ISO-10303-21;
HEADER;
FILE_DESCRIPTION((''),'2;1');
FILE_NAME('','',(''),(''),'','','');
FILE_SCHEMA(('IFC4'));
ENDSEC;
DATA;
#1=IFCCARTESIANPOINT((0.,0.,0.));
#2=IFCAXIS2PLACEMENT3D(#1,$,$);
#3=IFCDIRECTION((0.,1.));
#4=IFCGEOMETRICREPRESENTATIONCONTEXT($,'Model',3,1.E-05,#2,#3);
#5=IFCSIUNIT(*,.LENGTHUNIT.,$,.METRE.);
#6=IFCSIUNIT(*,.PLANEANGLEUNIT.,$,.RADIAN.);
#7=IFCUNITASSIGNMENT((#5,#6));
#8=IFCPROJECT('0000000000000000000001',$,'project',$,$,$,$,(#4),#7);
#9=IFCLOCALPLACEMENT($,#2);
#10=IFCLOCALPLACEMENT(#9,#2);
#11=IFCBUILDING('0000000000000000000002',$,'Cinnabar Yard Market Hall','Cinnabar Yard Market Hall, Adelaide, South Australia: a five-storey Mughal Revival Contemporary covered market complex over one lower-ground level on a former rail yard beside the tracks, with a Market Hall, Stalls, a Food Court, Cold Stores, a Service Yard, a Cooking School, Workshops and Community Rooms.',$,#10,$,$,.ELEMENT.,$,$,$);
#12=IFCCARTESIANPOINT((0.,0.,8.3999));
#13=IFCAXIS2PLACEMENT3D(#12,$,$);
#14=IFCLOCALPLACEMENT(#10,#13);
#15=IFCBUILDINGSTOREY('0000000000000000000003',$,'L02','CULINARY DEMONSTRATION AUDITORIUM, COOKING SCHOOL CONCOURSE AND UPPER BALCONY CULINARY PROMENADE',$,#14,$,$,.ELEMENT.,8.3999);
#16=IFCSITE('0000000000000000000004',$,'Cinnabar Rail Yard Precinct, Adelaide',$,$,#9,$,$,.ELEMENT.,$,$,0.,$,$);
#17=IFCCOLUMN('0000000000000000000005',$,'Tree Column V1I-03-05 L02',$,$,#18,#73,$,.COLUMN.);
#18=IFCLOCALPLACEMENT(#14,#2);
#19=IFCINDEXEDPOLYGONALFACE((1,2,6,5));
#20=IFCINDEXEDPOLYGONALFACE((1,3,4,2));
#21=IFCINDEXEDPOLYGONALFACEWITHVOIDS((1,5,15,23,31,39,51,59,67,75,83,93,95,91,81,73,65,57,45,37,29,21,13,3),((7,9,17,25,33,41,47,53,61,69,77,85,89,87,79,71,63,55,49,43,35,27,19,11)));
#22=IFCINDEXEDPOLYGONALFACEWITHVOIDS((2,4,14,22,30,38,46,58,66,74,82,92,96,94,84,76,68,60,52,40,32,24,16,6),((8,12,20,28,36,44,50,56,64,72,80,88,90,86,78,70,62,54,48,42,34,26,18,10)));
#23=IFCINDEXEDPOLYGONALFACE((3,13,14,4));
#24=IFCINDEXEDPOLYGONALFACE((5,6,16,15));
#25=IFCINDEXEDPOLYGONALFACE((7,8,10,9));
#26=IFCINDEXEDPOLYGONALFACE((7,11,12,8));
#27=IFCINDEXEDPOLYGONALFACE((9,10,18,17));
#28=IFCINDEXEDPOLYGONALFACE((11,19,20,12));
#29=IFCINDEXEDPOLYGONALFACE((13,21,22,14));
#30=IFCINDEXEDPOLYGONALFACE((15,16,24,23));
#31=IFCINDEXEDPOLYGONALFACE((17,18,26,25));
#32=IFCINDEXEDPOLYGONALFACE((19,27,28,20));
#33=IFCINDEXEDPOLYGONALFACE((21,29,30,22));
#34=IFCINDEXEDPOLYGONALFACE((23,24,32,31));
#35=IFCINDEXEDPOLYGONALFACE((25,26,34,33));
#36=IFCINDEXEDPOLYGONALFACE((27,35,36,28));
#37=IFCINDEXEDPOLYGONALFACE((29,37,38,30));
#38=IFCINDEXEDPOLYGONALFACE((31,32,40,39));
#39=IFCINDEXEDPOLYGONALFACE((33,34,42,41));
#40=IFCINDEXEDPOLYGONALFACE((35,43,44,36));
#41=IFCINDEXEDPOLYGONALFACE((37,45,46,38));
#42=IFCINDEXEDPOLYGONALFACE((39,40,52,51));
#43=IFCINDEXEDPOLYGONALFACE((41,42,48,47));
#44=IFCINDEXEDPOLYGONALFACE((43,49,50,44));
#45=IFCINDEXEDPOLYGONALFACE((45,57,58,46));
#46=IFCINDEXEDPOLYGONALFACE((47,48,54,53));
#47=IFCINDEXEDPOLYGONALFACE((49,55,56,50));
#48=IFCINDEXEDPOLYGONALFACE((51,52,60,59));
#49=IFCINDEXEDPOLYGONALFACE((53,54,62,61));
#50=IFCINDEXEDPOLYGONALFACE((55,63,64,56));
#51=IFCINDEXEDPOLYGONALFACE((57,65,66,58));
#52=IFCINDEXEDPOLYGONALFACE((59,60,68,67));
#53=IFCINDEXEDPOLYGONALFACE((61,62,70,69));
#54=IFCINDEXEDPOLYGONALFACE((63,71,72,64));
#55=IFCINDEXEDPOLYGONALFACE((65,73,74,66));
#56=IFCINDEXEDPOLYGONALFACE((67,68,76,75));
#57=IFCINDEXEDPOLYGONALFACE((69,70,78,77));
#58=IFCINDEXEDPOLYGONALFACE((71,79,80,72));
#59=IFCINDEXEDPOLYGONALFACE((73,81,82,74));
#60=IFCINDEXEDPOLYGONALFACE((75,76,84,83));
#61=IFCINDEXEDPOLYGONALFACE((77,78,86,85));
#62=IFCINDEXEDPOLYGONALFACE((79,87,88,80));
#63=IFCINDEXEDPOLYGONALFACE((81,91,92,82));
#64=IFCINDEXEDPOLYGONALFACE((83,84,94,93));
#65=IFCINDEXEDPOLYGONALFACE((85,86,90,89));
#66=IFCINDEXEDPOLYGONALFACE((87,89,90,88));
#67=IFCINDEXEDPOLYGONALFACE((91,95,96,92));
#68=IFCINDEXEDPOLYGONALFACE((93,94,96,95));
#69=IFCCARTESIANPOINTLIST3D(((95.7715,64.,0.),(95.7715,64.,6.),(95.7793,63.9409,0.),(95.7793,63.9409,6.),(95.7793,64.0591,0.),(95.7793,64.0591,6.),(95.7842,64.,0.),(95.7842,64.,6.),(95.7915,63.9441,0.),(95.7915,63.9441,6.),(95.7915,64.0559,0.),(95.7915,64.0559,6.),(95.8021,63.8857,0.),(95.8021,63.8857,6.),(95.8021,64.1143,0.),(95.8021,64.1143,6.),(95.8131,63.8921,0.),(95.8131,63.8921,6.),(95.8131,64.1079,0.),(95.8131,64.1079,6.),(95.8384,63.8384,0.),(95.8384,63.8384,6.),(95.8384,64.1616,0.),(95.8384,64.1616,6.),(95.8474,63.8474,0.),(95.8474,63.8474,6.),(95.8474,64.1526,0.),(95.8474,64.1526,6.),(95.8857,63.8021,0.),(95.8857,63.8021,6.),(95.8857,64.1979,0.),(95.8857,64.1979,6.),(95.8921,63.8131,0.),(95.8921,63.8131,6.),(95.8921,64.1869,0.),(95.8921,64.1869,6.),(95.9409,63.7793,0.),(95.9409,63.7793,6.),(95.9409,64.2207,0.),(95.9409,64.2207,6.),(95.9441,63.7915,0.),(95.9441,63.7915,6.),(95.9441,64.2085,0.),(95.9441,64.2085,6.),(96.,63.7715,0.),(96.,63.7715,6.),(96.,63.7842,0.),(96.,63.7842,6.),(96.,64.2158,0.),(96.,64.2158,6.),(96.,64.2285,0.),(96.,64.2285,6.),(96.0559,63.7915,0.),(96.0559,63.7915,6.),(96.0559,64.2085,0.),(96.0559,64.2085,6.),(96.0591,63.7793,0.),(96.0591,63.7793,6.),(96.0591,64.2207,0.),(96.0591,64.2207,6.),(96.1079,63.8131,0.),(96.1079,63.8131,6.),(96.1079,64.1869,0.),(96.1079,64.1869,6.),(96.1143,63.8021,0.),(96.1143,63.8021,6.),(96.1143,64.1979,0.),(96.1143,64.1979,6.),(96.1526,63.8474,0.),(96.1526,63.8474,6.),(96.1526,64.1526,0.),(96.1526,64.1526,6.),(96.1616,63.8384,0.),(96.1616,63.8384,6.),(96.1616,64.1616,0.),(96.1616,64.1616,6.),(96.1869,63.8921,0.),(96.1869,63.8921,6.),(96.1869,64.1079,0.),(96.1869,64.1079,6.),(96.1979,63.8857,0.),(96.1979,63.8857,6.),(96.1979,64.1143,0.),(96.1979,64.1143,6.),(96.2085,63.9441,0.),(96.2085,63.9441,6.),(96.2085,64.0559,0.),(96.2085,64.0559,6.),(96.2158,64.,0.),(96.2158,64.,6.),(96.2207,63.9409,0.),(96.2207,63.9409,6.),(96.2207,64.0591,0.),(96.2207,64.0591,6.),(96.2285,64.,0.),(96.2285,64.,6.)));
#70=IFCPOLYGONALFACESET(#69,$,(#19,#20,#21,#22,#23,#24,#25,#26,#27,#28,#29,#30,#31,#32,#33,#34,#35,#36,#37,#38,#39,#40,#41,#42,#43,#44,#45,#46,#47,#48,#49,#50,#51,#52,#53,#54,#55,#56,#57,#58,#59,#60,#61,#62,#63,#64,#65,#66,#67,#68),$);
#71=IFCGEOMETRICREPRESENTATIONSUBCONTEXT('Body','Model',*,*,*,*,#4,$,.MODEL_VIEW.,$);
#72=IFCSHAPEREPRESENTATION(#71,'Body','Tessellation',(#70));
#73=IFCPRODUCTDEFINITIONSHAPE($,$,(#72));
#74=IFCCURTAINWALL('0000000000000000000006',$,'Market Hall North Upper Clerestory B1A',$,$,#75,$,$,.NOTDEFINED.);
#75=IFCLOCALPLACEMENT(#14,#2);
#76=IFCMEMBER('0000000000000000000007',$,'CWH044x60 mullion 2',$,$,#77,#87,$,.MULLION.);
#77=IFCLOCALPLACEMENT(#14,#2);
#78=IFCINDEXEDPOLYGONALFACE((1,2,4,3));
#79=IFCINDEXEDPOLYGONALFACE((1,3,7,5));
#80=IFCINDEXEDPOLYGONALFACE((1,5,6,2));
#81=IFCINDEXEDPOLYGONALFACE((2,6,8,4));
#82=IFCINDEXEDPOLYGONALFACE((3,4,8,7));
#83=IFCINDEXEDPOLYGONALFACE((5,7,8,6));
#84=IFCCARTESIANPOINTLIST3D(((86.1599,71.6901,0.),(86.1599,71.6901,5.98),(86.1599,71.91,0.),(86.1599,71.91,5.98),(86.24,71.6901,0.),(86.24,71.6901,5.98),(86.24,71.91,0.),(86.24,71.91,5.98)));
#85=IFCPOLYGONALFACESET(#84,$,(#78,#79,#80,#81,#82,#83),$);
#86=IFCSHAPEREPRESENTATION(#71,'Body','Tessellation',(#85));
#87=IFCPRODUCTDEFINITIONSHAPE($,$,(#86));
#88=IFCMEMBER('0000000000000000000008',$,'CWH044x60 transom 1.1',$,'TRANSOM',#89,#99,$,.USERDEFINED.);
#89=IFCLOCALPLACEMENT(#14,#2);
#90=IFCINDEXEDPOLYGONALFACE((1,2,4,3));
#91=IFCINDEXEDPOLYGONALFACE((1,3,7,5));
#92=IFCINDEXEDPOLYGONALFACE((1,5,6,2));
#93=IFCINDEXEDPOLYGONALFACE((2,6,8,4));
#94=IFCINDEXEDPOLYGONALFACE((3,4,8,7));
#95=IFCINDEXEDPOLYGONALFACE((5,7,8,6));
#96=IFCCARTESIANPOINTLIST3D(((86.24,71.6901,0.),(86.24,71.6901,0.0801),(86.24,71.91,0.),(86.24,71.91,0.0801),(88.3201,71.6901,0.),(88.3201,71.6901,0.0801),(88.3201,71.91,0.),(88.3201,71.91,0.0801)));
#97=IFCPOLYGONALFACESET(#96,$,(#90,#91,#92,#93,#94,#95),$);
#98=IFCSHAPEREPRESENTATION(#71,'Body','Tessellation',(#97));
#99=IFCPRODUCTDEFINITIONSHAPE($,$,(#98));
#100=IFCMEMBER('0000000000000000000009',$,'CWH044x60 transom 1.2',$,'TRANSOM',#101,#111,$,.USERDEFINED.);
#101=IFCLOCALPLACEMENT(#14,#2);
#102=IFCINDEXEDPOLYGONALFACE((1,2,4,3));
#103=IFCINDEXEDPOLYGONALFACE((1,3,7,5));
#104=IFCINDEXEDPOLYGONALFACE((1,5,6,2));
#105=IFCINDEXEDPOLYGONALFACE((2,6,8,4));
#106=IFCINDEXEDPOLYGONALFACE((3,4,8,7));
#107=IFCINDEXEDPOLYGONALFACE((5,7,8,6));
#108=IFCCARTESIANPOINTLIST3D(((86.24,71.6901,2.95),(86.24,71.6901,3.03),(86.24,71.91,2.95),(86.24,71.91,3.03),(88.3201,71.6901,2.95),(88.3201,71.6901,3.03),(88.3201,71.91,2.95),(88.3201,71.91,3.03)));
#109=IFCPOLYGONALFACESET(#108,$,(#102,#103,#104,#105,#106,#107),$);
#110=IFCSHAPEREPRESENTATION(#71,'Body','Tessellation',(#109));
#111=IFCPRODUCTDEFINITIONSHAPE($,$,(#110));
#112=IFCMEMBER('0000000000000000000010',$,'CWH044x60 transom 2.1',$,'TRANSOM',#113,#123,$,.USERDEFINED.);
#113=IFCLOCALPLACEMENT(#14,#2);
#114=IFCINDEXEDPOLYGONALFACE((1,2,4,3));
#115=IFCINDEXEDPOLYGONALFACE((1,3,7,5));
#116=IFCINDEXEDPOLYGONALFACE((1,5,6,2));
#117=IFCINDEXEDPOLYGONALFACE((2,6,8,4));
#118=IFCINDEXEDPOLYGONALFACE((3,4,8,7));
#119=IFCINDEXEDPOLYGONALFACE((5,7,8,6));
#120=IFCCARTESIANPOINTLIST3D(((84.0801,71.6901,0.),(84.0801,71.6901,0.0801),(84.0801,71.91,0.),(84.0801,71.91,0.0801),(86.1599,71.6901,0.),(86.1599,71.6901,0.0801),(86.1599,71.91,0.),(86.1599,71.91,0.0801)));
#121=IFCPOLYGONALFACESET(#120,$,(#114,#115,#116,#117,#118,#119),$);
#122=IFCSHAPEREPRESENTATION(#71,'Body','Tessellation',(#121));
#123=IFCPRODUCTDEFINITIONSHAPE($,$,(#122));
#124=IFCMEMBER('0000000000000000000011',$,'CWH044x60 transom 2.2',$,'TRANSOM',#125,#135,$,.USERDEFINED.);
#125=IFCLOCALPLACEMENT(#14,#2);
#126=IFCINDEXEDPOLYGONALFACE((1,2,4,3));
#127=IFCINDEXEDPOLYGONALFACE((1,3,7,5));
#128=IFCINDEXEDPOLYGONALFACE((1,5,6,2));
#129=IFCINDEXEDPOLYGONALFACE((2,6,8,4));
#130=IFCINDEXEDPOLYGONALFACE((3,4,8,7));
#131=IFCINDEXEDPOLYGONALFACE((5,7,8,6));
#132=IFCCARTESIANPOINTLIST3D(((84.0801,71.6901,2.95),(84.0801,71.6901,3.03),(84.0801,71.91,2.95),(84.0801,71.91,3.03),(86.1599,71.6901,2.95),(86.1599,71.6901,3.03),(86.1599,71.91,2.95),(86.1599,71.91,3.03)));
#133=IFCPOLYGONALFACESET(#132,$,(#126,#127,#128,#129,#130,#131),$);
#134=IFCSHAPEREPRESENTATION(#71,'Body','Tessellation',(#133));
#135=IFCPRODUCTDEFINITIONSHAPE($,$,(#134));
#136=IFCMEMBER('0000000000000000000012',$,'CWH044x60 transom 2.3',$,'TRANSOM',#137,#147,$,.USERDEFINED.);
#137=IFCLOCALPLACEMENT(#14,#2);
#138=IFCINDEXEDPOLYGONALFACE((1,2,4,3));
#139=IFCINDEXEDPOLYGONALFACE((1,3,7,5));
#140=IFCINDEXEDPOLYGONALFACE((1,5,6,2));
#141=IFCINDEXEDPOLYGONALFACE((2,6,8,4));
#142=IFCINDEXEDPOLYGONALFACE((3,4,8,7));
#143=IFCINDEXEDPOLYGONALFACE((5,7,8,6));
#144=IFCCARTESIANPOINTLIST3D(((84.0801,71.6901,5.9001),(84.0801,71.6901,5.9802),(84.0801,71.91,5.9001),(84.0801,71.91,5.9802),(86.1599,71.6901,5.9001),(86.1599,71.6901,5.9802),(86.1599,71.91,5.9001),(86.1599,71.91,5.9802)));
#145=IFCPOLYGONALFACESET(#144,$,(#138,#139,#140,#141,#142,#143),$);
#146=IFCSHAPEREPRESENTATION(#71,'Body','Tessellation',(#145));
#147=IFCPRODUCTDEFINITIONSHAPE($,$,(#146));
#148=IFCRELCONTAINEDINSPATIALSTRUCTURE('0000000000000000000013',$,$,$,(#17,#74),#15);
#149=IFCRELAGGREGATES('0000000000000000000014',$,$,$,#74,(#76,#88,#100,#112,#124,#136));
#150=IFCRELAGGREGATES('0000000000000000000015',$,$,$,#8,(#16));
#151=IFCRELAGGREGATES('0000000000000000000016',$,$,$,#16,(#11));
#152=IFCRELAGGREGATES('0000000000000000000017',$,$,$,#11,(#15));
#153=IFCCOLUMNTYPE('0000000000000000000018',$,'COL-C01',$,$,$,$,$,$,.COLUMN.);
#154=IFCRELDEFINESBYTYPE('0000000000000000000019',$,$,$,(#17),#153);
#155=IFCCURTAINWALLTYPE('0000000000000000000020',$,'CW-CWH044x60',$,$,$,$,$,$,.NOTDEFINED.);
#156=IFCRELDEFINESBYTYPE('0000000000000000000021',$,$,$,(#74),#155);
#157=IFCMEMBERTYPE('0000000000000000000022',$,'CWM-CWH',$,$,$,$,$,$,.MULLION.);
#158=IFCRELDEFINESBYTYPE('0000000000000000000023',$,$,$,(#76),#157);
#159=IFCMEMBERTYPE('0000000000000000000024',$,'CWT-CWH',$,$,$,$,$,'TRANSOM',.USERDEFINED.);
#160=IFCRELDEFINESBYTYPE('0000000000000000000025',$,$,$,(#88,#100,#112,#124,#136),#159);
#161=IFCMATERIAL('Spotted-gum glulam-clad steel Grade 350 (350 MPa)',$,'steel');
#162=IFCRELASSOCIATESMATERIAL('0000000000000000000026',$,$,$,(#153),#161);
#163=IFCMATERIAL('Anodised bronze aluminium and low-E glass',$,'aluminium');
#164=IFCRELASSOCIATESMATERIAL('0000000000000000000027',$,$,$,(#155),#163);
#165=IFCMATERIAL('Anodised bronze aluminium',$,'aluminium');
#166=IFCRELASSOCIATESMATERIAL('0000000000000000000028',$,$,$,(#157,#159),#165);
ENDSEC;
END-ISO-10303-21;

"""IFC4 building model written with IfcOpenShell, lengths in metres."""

from ifc_helpers import new_model, si_unit, direction, frame, origin, origin_2d_with_axis, place, context, subcontext, project, spatial, rectangle, hollow_circle, extrude, material, material_profile, profile_set, type_object, element, aggregate, save


model = new_model("IFC4")

# Units and contexts
model_context = context("Model", 3, precision=1e-05, world=origin(), true_north=direction((0.0, 1.0)))
body_context = subcontext(model_context, "Body", "Model", "MODEL_VIEW")
ifc_project = project(units=[si_unit("LENGTHUNIT", "METRE"), si_unit("PLANEANGLEUNIT", "RADIAN")], contexts=[model_context])

# Site, building, storey
site_placement = place(None, origin())
site = spatial("IfcSite", under=ifc_project, at=site_placement, Name="Cinnabar Rail Yard Precinct, Adelaide", CompositionType="ELEMENT", RefElevation=0.0)
building_placement = place(site_placement, origin())
building = spatial("IfcBuilding", under=site, at=building_placement, Name="Cinnabar Yard Market Hall", Description="Cinnabar Yard Market Hall, Adelaide, South Australia: a five-storey Mughal Revival Contemporary covered market complex over one lower-ground level on a former rail yard beside the tracks, with a Market Hall, Stalls, a Food Court, Cold Stores, a Service Yard, a Cooking School, Workshops and Community Rooms.", CompositionType="ELEMENT")
storey_placement = place(building_placement, frame((0.0, 0.0, 8.3999)))
storey = spatial("IfcBuildingStorey", under=building, at=storey_placement, Name="L02", Description="CULINARY DEMONSTRATION AUDITORIUM, COOKING SCHOOL CONCOURSE AND UPPER BALCONY CULINARY PROMENADE", CompositionType="ELEMENT", Elevation=8.3999)

# Column
ifc_material_1 = material(Name="Spotted-gum glulam-clad steel Grade 350 (350 MPa)", Category="steel")
ifc_material_profile_1 = material_profile(ifc_material_1, hollow_circle(Radius=0.2285, WallThickness=0.0127, at=origin_2d_with_axis()), Name="457.0x12.7CHS")
ifc_profile_set_1 = profile_set([ifc_material_profile_1], Name="Spotted-gum glulam-clad steel Grade 350 (350 MPa)")
column_type = type_object("IfcColumnType", Name="COL-C01", PredefinedType="COLUMN", material=ifc_profile_set_1)
column_placement = place(storey_placement, frame((96.0, 64.0, 0.0), z_axis=(0.0, 0.0, 1.0), x_axis=(1.0, 0.0, 0.0)))
element("IfcColumn", 1, at=column_placement, inside=storey, type_object=column_type, Name="Tree Column V1I-03-05 L02", PredefinedType="COLUMN", context=body_context, shape_type="SweptSolid", body=[
    extrude(hollow_circle(Radius=0.2285, WallThickness=0.0127, at=origin_2d_with_axis()), origin(), (0.0, 0.0, 1.0), 6.0),
])

# Curtain wall, members
ifc_material_2 = material(Name="Anodised bronze aluminium and low-E glass", Category="aluminium")
curtain_wall_type = type_object("IfcCurtainWallType", Name="CW-CWH044x60", PredefinedType="NOTDEFINED", material=ifc_material_2)
curtain_wall_placement = place(storey_placement, origin())
curtain_wall = element("IfcCurtainWall", 2, at=curtain_wall_placement, inside=storey, type_object=curtain_wall_type, Name="Market Hall North Upper Clerestory B1A", PredefinedType="NOTDEFINED")
ifc_material_3 = material(Name="Anodised bronze aluminium", Category="aluminium")
ifc_material_profile_2 = material_profile(ifc_material_3, rectangle(XDim=0.22, YDim=0.0801, at=origin_2d_with_axis()), Name="MUL-CWH")
ifc_profile_set_2 = profile_set([ifc_material_profile_2], Name="Anodised bronze aluminium")
member_type_1 = type_object("IfcMemberType", Name="CWM-CWH", PredefinedType="MULLION", material=ifc_profile_set_2)
member_1_placement = place(storey_placement, frame((86.2, 71.8, 0.0), z_axis=(0.0, 0.0, 1.0), x_axis=(0.0, -1.0, 0.0)))
member_1 = element("IfcMember", 3, at=member_1_placement, type_object=member_type_1, Name="CWH044x60 mullion 2", PredefinedType="MULLION", context=body_context, shape_type="SweptSolid", body=[
    extrude(rectangle(XDim=0.22, YDim=0.0801, at=origin_2d_with_axis()), origin(), (0.0, 0.0, 1.0), 5.98),
])
ifc_material_profile_3 = material_profile(ifc_material_3, rectangle(XDim=0.22, YDim=0.0801, at=origin_2d_with_axis()), Name="TRN-CWH")
ifc_profile_set_3 = profile_set([ifc_material_profile_3], Name="Anodised bronze aluminium")
member_type_2 = type_object("IfcMemberType", Name="CWT-CWH", ElementType="TRANSOM", PredefinedType="USERDEFINED", material=ifc_profile_set_3)
member_2_placement = place(storey_placement, frame((88.3201, 71.8, 0.04), z_axis=(-1.0, 0.0, 0.0), x_axis=(0.0, -1.0, 0.0)))
member_2 = element("IfcMember", 4, at=member_2_placement, type_object=member_type_2, Name="CWH044x60 transom 1.1", ObjectType="TRANSOM", PredefinedType="USERDEFINED", context=body_context, shape_type="SweptSolid", body=[
    extrude(rectangle(XDim=0.22, YDim=0.0801, at=origin_2d_with_axis()), origin(), (0.0, 0.0, 1.0), 2.0801),
])
member_3_placement = place(storey_placement, frame((88.3201, 71.8, 2.99), z_axis=(-1.0, 0.0, 0.0), x_axis=(0.0, -1.0, 0.0)))
member_3 = element("IfcMember", 5, at=member_3_placement, type_object=member_type_2, Name="CWH044x60 transom 1.2", ObjectType="TRANSOM", PredefinedType="USERDEFINED", context=body_context, shape_type="SweptSolid", body=[
    extrude(rectangle(XDim=0.22, YDim=0.0801, at=origin_2d_with_axis()), origin(), (0.0, 0.0, 1.0), 2.0801),
])
member_4_placement = place(storey_placement, frame((86.1599, 71.8, 0.04), z_axis=(-1.0, 0.0, 0.0), x_axis=(0.0, -1.0, 0.0)))
member_4 = element("IfcMember", 6, at=member_4_placement, type_object=member_type_2, Name="CWH044x60 transom 2.1", ObjectType="TRANSOM", PredefinedType="USERDEFINED", context=body_context, shape_type="SweptSolid", body=[
    extrude(rectangle(XDim=0.22, YDim=0.0801, at=origin_2d_with_axis()), origin(), (0.0, 0.0, 1.0), 2.0798),
])
member_5_placement = place(storey_placement, frame((86.1599, 71.8, 2.99), z_axis=(-1.0, 0.0, 0.0), x_axis=(0.0, -1.0, 0.0)))
member_5 = element("IfcMember", 7, at=member_5_placement, type_object=member_type_2, Name="CWH044x60 transom 2.2", ObjectType="TRANSOM", PredefinedType="USERDEFINED", context=body_context, shape_type="SweptSolid", body=[
    extrude(rectangle(XDim=0.22, YDim=0.0801, at=origin_2d_with_axis()), origin(), (0.0, 0.0, 1.0), 2.0798),
])
member_6_placement = place(storey_placement, frame((86.1599, 71.8, 5.9402), z_axis=(-1.0, 0.0, 0.0), x_axis=(0.0, -1.0, 0.0)))
member_6 = element("IfcMember", 8, at=member_6_placement, type_object=member_type_2, Name="CWH044x60 transom 2.3", ObjectType="TRANSOM", PredefinedType="USERDEFINED", context=body_context, shape_type="SweptSolid", body=[
    extrude(rectangle(XDim=0.22, YDim=0.0801, at=origin_2d_with_axis()), origin(), (0.0, 0.0, 1.0), 2.0798),
])

aggregate(curtain_wall, [member_1, member_2, member_3, member_4, member_5, member_6])

save(model, "model.ifc")
